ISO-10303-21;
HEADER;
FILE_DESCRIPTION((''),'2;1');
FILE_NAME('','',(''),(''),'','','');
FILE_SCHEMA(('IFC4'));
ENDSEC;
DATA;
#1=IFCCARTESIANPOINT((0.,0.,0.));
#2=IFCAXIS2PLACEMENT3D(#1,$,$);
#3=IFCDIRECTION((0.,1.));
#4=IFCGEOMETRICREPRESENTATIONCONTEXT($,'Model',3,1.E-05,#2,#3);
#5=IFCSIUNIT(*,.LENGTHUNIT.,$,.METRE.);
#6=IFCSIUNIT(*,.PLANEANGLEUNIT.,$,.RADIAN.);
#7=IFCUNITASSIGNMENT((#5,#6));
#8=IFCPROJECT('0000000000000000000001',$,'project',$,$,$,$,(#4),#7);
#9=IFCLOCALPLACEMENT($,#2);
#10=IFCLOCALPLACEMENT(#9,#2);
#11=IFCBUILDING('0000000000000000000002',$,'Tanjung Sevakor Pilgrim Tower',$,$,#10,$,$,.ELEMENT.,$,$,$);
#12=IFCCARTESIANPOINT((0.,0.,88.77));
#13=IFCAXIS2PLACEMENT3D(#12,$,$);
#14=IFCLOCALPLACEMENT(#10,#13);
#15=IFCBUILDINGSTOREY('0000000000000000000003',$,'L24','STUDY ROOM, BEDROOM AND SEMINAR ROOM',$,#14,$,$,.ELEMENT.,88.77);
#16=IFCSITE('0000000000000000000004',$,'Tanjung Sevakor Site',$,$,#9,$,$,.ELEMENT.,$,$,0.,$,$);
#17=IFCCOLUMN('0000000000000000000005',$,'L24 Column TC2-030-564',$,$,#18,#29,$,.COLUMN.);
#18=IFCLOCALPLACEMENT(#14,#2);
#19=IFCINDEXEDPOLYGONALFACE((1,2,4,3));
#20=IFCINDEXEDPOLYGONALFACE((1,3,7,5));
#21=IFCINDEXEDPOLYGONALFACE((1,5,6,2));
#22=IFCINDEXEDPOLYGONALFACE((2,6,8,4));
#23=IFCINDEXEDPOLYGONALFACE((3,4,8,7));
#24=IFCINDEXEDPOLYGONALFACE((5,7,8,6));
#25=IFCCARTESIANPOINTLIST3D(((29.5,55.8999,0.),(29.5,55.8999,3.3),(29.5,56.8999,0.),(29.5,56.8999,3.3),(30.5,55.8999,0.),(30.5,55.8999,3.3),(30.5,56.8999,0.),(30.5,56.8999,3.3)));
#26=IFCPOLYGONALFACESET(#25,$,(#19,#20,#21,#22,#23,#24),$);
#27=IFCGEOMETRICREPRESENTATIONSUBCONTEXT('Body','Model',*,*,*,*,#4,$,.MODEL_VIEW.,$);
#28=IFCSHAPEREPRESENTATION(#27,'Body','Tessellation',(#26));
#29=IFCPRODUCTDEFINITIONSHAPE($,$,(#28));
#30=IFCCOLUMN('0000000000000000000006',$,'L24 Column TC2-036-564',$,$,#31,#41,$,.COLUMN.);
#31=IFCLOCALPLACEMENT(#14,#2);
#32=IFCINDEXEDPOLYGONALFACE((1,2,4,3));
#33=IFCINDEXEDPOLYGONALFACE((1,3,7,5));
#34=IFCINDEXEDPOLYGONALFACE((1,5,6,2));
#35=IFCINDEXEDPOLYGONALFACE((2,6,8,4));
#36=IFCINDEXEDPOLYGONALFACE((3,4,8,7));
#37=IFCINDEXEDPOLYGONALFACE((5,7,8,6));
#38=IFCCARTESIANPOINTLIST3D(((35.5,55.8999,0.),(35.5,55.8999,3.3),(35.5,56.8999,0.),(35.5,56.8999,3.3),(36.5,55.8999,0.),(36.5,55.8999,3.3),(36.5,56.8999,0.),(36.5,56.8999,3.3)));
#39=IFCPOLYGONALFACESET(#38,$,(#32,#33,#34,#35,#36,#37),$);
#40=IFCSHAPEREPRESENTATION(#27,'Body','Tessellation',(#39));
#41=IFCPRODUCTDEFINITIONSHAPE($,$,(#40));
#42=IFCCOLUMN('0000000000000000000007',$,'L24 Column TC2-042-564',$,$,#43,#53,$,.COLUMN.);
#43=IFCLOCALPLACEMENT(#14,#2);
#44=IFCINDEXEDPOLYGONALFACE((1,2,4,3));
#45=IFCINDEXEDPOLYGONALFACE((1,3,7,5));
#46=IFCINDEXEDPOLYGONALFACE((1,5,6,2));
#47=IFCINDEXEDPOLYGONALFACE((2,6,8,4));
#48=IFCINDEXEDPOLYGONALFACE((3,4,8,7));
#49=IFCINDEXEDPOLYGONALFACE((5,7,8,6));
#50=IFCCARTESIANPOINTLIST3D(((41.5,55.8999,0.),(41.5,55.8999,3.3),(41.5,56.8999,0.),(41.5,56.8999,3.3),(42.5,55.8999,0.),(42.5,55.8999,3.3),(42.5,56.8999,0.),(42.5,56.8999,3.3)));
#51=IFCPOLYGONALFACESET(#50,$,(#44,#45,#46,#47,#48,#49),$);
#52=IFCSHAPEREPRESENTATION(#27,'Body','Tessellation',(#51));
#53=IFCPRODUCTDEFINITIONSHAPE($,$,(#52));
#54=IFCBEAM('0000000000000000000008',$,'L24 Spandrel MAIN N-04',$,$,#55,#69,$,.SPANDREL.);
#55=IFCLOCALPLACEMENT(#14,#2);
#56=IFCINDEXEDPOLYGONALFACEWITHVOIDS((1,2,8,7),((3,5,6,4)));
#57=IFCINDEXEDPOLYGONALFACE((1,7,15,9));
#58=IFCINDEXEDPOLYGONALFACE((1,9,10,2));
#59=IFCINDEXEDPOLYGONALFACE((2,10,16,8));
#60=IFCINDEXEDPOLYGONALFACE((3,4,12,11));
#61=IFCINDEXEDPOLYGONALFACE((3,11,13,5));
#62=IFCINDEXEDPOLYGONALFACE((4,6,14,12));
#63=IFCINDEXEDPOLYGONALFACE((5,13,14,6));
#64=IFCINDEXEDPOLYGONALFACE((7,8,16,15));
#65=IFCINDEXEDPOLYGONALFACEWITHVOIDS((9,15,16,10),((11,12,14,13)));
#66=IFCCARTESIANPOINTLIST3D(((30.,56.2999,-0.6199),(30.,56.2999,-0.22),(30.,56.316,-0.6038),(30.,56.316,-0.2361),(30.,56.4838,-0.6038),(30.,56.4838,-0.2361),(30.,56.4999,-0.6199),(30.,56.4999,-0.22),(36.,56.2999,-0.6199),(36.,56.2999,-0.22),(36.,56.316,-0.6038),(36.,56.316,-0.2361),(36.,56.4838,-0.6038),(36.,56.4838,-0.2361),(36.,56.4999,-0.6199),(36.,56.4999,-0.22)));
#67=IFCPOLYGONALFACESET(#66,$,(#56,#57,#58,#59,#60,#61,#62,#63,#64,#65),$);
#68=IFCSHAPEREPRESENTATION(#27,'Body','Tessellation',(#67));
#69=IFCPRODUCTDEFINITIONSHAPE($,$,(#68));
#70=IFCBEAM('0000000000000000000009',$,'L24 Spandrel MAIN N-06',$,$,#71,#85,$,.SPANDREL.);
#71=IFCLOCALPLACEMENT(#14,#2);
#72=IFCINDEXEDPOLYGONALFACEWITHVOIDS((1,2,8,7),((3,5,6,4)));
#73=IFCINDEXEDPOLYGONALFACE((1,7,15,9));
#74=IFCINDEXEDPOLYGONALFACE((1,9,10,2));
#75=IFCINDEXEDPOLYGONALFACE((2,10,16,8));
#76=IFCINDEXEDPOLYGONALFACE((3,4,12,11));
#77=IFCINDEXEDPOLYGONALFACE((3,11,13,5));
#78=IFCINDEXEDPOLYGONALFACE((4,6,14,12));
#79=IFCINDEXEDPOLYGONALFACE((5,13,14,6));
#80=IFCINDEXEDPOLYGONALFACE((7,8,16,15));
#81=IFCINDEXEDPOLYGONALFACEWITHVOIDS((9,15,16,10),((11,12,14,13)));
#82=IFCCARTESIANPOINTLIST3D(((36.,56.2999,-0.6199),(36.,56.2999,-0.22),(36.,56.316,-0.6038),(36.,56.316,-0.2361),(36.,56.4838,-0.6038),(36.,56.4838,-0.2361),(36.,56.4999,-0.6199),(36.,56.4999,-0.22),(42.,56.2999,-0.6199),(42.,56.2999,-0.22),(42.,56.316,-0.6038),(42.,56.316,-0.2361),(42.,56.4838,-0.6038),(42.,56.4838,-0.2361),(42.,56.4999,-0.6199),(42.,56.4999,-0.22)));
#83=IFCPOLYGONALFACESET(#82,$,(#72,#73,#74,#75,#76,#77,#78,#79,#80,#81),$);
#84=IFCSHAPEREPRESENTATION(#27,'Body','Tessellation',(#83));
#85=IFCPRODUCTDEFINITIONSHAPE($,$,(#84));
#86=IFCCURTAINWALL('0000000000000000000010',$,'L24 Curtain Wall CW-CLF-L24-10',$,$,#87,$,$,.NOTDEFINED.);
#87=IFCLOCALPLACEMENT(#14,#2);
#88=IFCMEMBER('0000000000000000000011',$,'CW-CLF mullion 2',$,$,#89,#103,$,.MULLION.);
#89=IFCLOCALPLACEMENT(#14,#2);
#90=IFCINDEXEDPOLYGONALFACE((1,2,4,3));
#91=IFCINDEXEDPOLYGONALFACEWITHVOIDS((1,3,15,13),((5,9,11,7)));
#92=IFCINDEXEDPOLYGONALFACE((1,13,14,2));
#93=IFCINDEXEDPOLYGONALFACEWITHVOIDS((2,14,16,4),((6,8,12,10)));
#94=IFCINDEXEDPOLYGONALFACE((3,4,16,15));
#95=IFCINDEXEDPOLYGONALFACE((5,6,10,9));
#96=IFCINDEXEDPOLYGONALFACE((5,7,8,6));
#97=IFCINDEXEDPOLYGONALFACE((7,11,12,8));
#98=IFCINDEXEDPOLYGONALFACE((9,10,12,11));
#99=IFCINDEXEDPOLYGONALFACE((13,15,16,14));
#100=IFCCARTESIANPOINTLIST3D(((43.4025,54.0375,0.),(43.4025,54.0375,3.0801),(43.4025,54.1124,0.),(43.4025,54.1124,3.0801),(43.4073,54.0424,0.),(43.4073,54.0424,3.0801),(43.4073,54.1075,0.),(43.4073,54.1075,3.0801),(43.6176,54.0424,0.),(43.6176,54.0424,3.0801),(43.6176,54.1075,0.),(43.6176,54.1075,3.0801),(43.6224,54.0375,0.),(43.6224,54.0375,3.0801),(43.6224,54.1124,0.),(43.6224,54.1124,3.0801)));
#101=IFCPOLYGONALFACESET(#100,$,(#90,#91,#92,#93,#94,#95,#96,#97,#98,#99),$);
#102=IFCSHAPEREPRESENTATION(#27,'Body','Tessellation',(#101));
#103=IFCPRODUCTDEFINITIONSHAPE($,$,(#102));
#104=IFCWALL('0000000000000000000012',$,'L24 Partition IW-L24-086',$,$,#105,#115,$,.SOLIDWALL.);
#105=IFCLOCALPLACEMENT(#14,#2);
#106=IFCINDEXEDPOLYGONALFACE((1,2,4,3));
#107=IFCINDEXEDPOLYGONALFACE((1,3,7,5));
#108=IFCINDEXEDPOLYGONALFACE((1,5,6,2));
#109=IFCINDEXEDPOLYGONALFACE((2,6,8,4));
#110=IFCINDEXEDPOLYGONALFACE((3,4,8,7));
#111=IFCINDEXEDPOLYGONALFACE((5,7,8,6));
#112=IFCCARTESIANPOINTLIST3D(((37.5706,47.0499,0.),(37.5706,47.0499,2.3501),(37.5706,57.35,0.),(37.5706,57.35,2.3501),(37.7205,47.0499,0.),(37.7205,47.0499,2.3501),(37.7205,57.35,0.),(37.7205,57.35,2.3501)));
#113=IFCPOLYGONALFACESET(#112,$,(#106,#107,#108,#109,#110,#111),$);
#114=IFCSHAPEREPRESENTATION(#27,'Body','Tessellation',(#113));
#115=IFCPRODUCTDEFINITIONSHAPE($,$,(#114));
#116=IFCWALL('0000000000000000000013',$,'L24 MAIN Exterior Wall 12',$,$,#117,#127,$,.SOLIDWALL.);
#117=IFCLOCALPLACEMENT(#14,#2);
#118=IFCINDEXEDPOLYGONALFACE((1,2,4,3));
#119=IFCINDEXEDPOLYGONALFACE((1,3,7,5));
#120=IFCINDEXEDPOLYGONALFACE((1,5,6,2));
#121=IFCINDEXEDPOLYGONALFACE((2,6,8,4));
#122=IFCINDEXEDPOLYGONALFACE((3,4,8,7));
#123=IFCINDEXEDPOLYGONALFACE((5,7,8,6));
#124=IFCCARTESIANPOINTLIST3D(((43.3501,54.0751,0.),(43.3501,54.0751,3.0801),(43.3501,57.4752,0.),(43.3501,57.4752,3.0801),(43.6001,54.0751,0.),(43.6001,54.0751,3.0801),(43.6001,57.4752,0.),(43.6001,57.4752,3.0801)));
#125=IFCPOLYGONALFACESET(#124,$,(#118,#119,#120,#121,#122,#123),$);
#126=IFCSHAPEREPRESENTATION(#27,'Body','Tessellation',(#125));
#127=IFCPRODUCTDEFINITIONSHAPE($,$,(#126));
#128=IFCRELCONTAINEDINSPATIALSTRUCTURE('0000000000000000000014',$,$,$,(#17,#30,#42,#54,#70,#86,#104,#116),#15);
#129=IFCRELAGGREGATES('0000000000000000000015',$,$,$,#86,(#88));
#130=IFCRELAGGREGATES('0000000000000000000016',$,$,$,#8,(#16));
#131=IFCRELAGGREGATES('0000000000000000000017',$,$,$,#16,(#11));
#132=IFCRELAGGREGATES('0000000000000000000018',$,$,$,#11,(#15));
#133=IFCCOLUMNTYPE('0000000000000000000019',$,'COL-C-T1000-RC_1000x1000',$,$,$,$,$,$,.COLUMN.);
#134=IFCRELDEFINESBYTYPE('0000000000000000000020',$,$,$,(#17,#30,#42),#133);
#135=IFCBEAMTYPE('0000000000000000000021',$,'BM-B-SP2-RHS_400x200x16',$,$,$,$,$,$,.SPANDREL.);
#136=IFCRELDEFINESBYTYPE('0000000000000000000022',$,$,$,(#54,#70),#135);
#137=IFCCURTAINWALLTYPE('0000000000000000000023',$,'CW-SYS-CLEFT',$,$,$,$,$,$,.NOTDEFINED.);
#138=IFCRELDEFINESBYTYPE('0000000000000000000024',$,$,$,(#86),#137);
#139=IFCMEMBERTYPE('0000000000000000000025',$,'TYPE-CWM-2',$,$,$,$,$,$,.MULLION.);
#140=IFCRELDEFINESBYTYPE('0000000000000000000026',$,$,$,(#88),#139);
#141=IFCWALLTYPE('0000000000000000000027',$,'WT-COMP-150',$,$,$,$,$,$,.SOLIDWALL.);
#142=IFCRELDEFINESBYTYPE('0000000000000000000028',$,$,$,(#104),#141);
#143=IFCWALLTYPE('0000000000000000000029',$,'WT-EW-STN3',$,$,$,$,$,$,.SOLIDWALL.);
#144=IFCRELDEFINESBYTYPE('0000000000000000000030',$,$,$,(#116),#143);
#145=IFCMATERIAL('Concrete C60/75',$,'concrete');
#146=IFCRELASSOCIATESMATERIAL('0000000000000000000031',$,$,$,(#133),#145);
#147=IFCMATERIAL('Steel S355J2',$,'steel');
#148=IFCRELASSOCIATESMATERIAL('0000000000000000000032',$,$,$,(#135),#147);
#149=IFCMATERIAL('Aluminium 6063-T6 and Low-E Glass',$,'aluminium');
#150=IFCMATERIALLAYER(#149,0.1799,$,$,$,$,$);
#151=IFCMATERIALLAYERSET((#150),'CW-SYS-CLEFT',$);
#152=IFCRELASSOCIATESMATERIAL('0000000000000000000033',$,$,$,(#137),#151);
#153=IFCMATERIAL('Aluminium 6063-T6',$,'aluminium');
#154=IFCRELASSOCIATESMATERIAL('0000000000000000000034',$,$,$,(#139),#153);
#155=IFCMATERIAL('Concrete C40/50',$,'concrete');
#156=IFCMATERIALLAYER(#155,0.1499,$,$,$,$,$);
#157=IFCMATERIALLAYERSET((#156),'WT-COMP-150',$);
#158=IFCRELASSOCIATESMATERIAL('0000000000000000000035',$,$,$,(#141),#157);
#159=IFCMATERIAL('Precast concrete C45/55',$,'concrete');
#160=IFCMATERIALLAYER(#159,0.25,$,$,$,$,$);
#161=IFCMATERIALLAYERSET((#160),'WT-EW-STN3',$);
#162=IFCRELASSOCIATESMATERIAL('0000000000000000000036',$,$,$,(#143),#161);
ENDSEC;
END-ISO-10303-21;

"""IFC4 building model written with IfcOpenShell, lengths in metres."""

from ifc_helpers import new_model, si_unit, direction, frame, frame_2d, origin, origin_2d, place, context, subcontext, project, spatial, rectangle, hollow_rectangle, extrude, material, layer, layer_set, material_profile, profile_set, type_object, element, aggregate, save


model = new_model("IFC4")

# Units and contexts
model_context = context("Model", 3, precision=1e-05, world=origin(), true_north=direction((0.0, 1.0)))
body_context = subcontext(model_context, "Body", "Model", "MODEL_VIEW")
ifc_project = project(units=[si_unit("LENGTHUNIT", "METRE"), si_unit("PLANEANGLEUNIT", "RADIAN")], contexts=[model_context])

# Site, building, storey
site_placement = place(None, origin())
site = spatial("IfcSite", under=ifc_project, at=site_placement, Name="Tanjung Sevakor Site", CompositionType="ELEMENT", RefElevation=0.0)
building_placement = place(site_placement, origin())
building = spatial("IfcBuilding", under=site, at=building_placement, Name="Tanjung Sevakor Pilgrim Tower", CompositionType="ELEMENT")
storey_placement = place(building_placement, frame((0.0, 0.0, 88.77)))
storey = spatial("IfcBuildingStorey", under=building, at=storey_placement, Name="L24", Description="STUDY ROOM, BEDROOM AND SEMINAR ROOM", CompositionType="ELEMENT", Elevation=88.77)

# Columns
ifc_material_1 = material(Name="Concrete C60/75", Category="concrete")
ifc_material_profile_1 = material_profile(ifc_material_1, rectangle(XDim=1.0, YDim=1.0, at=origin_2d()))
ifc_profile_set_1 = profile_set([ifc_material_profile_1], Name="Concrete C60/75")
column_type = type_object("IfcColumnType", Name="COL-C-T1000-RC_1000x1000", PredefinedType="COLUMN", material=ifc_profile_set_1)
for number, where, z_axis, x_axis, name in (
    (1, (30.0, 56.3999, 0.0), (0.0, 0.0, 1.0), (1.0, 0.0, 0.0), "L24 Column TC2-030-564"),
    (2, (36.0, 56.3999, 0.0), (0.0, 0.0, 1.0), (1.0, 0.0, 0.0), "L24 Column TC2-036-564"),
    (3, (42.0, 56.3999, 0.0), (0.0, 0.0, 1.0), (1.0, 0.0, 0.0), "L24 Column TC2-042-564"),
):
    element("IfcColumn", number, at=place(storey_placement, frame(where, z_axis=z_axis, x_axis=x_axis)), inside=storey, type_object=column_type, Name=name, PredefinedType="COLUMN", context=body_context, shape_type="SweptSolid", body=[
        extrude(rectangle(XDim=1.0, YDim=1.0, at=origin_2d()), origin(), (0.0, 0.0, 1.0), 3.3),
    ])

# Beams
ifc_material_2 = material(Name="Steel S355J2", Category="steel")
ifc_material_profile_2 = material_profile(ifc_material_2, hollow_rectangle(XDim=0.2, YDim=0.3999, WallThickness=0.0161, at=origin_2d()))
ifc_profile_set_2 = profile_set([ifc_material_profile_2], Name="Steel S355J2")
beam_type = type_object("IfcBeamType", Name="BM-B-SP2-RHS_400x200x16", PredefinedType="SPANDREL", material=ifc_profile_set_2)
for number, where, z_axis, x_axis, name in (
    (4, (30.0, 56.3999, -0.4199), (1.0, 0.0, 0.0), (0.0, 1.0, 0.0), "L24 Spandrel MAIN N-04"),
    (5, (36.0, 56.3999, -0.4199), (1.0, 0.0, 0.0), (0.0, 1.0, 0.0), "L24 Spandrel MAIN N-06"),
):
    element("IfcBeam", number, at=place(storey_placement, frame(where, z_axis=z_axis, x_axis=x_axis)), inside=storey, type_object=beam_type, Name=name, PredefinedType="SPANDREL", context=body_context, shape_type="SweptSolid", body=[
        extrude(hollow_rectangle(XDim=0.2, YDim=0.3999, WallThickness=0.0161, at=origin_2d()), origin(), (0.0, 0.0, 1.0), 6.0),
    ])

# Curtain wall, member
ifc_material_3 = material(Name="Aluminium 6063-T6 and Low-E Glass", Category="aluminium")
ifc_layer_1 = layer(ifc_material_3, 0.1799)
ifc_layer_set_1 = layer_set([ifc_layer_1], Name="CW-SYS-CLEFT")
curtain_wall_type = type_object("IfcCurtainWallType", Name="CW-SYS-CLEFT", PredefinedType="NOTDEFINED", material=ifc_layer_set_1)
curtain_wall_placement = place(storey_placement, origin())
curtain_wall = element("IfcCurtainWall", 6, at=curtain_wall_placement, inside=storey, type_object=curtain_wall_type, Name="L24 Curtain Wall CW-CLF-L24-10", PredefinedType="NOTDEFINED")
ifc_material_4 = material(Name="Aluminium 6063-T6", Category="aluminium")
ifc_material_profile_3 = material_profile(ifc_material_4, hollow_rectangle(XDim=0.075, YDim=0.22, WallThickness=0.0049, at=origin_2d()))
ifc_profile_set_3 = profile_set([ifc_material_profile_3], Name="Aluminium 6063-T6")
member_type = type_object("IfcMemberType", Name="TYPE-CWM-2", PredefinedType="MULLION", material=ifc_profile_set_3)
member_placement = place(storey_placement, frame((43.5125, 54.075, 0.0), z_axis=(0.0, 0.0, 1.0), x_axis=(0.0, -1.0, 0.0)))
member = element("IfcMember", 7, at=member_placement, type_object=member_type, Name="CW-CLF mullion 2", PredefinedType="MULLION", context=body_context, shape_type="SweptSolid", body=[
    extrude(hollow_rectangle(XDim=0.075, YDim=0.22, WallThickness=0.0049, at=origin_2d()), origin(), (0.0, 0.0, 1.0), 3.0801),
])
aggregate(curtain_wall, [member])

# Wall
ifc_material_5 = material(Name="Concrete C40/50", Category="concrete")
ifc_layer_2 = layer(ifc_material_5, 0.1499)
ifc_layer_set_2 = layer_set([ifc_layer_2], Name="WT-COMP-150")
wall_type_1 = type_object("IfcWallType", Name="WT-COMP-150", PredefinedType="SOLIDWALL", material=ifc_layer_set_2)
wall_1_placement = place(storey_placement, frame((37.6455, 47.05, 0.0), z_axis=(0.0, 0.0, 1.0), x_axis=(0.0, 1.0, 0.0)))
element("IfcWall", 8, at=wall_1_placement, inside=storey, type_object=wall_type_1, Name="L24 Partition IW-L24-086", PredefinedType="SOLIDWALL", context=body_context, shape_type="SweptSolid", body=[
    extrude(rectangle(XDim=10.3, YDim=0.1499, at=frame_2d((5.1499, 0.0))), origin(), (0.0, 0.0, 1.0), 2.3501),
])

# Wall
ifc_material_6 = material(Name="Precast concrete C45/55", Category="concrete")
ifc_layer_3 = layer(ifc_material_6, 0.25)
ifc_layer_set_3 = layer_set([ifc_layer_3], Name="WT-EW-STN3")
wall_type_2 = type_object("IfcWallType", Name="WT-EW-STN3", PredefinedType="SOLIDWALL", material=ifc_layer_set_3)
wall_2_placement = place(storey_placement, frame((43.4751, 54.075, 0.0), z_axis=(0.0, 0.0, 1.0), x_axis=(0.0, 1.0, 0.0)))
element("IfcWall", 9, at=wall_2_placement, inside=storey, type_object=wall_type_2, Name="L24 MAIN Exterior Wall 12", PredefinedType="SOLIDWALL", context=body_context, shape_type="SweptSolid", body=[
    extrude(rectangle(XDim=3.4001, YDim=0.25, at=frame_2d((1.7002, 0.0))), origin(), (0.0, 0.0, 1.0), 3.0801),
])

save(model, "model.ifc")
